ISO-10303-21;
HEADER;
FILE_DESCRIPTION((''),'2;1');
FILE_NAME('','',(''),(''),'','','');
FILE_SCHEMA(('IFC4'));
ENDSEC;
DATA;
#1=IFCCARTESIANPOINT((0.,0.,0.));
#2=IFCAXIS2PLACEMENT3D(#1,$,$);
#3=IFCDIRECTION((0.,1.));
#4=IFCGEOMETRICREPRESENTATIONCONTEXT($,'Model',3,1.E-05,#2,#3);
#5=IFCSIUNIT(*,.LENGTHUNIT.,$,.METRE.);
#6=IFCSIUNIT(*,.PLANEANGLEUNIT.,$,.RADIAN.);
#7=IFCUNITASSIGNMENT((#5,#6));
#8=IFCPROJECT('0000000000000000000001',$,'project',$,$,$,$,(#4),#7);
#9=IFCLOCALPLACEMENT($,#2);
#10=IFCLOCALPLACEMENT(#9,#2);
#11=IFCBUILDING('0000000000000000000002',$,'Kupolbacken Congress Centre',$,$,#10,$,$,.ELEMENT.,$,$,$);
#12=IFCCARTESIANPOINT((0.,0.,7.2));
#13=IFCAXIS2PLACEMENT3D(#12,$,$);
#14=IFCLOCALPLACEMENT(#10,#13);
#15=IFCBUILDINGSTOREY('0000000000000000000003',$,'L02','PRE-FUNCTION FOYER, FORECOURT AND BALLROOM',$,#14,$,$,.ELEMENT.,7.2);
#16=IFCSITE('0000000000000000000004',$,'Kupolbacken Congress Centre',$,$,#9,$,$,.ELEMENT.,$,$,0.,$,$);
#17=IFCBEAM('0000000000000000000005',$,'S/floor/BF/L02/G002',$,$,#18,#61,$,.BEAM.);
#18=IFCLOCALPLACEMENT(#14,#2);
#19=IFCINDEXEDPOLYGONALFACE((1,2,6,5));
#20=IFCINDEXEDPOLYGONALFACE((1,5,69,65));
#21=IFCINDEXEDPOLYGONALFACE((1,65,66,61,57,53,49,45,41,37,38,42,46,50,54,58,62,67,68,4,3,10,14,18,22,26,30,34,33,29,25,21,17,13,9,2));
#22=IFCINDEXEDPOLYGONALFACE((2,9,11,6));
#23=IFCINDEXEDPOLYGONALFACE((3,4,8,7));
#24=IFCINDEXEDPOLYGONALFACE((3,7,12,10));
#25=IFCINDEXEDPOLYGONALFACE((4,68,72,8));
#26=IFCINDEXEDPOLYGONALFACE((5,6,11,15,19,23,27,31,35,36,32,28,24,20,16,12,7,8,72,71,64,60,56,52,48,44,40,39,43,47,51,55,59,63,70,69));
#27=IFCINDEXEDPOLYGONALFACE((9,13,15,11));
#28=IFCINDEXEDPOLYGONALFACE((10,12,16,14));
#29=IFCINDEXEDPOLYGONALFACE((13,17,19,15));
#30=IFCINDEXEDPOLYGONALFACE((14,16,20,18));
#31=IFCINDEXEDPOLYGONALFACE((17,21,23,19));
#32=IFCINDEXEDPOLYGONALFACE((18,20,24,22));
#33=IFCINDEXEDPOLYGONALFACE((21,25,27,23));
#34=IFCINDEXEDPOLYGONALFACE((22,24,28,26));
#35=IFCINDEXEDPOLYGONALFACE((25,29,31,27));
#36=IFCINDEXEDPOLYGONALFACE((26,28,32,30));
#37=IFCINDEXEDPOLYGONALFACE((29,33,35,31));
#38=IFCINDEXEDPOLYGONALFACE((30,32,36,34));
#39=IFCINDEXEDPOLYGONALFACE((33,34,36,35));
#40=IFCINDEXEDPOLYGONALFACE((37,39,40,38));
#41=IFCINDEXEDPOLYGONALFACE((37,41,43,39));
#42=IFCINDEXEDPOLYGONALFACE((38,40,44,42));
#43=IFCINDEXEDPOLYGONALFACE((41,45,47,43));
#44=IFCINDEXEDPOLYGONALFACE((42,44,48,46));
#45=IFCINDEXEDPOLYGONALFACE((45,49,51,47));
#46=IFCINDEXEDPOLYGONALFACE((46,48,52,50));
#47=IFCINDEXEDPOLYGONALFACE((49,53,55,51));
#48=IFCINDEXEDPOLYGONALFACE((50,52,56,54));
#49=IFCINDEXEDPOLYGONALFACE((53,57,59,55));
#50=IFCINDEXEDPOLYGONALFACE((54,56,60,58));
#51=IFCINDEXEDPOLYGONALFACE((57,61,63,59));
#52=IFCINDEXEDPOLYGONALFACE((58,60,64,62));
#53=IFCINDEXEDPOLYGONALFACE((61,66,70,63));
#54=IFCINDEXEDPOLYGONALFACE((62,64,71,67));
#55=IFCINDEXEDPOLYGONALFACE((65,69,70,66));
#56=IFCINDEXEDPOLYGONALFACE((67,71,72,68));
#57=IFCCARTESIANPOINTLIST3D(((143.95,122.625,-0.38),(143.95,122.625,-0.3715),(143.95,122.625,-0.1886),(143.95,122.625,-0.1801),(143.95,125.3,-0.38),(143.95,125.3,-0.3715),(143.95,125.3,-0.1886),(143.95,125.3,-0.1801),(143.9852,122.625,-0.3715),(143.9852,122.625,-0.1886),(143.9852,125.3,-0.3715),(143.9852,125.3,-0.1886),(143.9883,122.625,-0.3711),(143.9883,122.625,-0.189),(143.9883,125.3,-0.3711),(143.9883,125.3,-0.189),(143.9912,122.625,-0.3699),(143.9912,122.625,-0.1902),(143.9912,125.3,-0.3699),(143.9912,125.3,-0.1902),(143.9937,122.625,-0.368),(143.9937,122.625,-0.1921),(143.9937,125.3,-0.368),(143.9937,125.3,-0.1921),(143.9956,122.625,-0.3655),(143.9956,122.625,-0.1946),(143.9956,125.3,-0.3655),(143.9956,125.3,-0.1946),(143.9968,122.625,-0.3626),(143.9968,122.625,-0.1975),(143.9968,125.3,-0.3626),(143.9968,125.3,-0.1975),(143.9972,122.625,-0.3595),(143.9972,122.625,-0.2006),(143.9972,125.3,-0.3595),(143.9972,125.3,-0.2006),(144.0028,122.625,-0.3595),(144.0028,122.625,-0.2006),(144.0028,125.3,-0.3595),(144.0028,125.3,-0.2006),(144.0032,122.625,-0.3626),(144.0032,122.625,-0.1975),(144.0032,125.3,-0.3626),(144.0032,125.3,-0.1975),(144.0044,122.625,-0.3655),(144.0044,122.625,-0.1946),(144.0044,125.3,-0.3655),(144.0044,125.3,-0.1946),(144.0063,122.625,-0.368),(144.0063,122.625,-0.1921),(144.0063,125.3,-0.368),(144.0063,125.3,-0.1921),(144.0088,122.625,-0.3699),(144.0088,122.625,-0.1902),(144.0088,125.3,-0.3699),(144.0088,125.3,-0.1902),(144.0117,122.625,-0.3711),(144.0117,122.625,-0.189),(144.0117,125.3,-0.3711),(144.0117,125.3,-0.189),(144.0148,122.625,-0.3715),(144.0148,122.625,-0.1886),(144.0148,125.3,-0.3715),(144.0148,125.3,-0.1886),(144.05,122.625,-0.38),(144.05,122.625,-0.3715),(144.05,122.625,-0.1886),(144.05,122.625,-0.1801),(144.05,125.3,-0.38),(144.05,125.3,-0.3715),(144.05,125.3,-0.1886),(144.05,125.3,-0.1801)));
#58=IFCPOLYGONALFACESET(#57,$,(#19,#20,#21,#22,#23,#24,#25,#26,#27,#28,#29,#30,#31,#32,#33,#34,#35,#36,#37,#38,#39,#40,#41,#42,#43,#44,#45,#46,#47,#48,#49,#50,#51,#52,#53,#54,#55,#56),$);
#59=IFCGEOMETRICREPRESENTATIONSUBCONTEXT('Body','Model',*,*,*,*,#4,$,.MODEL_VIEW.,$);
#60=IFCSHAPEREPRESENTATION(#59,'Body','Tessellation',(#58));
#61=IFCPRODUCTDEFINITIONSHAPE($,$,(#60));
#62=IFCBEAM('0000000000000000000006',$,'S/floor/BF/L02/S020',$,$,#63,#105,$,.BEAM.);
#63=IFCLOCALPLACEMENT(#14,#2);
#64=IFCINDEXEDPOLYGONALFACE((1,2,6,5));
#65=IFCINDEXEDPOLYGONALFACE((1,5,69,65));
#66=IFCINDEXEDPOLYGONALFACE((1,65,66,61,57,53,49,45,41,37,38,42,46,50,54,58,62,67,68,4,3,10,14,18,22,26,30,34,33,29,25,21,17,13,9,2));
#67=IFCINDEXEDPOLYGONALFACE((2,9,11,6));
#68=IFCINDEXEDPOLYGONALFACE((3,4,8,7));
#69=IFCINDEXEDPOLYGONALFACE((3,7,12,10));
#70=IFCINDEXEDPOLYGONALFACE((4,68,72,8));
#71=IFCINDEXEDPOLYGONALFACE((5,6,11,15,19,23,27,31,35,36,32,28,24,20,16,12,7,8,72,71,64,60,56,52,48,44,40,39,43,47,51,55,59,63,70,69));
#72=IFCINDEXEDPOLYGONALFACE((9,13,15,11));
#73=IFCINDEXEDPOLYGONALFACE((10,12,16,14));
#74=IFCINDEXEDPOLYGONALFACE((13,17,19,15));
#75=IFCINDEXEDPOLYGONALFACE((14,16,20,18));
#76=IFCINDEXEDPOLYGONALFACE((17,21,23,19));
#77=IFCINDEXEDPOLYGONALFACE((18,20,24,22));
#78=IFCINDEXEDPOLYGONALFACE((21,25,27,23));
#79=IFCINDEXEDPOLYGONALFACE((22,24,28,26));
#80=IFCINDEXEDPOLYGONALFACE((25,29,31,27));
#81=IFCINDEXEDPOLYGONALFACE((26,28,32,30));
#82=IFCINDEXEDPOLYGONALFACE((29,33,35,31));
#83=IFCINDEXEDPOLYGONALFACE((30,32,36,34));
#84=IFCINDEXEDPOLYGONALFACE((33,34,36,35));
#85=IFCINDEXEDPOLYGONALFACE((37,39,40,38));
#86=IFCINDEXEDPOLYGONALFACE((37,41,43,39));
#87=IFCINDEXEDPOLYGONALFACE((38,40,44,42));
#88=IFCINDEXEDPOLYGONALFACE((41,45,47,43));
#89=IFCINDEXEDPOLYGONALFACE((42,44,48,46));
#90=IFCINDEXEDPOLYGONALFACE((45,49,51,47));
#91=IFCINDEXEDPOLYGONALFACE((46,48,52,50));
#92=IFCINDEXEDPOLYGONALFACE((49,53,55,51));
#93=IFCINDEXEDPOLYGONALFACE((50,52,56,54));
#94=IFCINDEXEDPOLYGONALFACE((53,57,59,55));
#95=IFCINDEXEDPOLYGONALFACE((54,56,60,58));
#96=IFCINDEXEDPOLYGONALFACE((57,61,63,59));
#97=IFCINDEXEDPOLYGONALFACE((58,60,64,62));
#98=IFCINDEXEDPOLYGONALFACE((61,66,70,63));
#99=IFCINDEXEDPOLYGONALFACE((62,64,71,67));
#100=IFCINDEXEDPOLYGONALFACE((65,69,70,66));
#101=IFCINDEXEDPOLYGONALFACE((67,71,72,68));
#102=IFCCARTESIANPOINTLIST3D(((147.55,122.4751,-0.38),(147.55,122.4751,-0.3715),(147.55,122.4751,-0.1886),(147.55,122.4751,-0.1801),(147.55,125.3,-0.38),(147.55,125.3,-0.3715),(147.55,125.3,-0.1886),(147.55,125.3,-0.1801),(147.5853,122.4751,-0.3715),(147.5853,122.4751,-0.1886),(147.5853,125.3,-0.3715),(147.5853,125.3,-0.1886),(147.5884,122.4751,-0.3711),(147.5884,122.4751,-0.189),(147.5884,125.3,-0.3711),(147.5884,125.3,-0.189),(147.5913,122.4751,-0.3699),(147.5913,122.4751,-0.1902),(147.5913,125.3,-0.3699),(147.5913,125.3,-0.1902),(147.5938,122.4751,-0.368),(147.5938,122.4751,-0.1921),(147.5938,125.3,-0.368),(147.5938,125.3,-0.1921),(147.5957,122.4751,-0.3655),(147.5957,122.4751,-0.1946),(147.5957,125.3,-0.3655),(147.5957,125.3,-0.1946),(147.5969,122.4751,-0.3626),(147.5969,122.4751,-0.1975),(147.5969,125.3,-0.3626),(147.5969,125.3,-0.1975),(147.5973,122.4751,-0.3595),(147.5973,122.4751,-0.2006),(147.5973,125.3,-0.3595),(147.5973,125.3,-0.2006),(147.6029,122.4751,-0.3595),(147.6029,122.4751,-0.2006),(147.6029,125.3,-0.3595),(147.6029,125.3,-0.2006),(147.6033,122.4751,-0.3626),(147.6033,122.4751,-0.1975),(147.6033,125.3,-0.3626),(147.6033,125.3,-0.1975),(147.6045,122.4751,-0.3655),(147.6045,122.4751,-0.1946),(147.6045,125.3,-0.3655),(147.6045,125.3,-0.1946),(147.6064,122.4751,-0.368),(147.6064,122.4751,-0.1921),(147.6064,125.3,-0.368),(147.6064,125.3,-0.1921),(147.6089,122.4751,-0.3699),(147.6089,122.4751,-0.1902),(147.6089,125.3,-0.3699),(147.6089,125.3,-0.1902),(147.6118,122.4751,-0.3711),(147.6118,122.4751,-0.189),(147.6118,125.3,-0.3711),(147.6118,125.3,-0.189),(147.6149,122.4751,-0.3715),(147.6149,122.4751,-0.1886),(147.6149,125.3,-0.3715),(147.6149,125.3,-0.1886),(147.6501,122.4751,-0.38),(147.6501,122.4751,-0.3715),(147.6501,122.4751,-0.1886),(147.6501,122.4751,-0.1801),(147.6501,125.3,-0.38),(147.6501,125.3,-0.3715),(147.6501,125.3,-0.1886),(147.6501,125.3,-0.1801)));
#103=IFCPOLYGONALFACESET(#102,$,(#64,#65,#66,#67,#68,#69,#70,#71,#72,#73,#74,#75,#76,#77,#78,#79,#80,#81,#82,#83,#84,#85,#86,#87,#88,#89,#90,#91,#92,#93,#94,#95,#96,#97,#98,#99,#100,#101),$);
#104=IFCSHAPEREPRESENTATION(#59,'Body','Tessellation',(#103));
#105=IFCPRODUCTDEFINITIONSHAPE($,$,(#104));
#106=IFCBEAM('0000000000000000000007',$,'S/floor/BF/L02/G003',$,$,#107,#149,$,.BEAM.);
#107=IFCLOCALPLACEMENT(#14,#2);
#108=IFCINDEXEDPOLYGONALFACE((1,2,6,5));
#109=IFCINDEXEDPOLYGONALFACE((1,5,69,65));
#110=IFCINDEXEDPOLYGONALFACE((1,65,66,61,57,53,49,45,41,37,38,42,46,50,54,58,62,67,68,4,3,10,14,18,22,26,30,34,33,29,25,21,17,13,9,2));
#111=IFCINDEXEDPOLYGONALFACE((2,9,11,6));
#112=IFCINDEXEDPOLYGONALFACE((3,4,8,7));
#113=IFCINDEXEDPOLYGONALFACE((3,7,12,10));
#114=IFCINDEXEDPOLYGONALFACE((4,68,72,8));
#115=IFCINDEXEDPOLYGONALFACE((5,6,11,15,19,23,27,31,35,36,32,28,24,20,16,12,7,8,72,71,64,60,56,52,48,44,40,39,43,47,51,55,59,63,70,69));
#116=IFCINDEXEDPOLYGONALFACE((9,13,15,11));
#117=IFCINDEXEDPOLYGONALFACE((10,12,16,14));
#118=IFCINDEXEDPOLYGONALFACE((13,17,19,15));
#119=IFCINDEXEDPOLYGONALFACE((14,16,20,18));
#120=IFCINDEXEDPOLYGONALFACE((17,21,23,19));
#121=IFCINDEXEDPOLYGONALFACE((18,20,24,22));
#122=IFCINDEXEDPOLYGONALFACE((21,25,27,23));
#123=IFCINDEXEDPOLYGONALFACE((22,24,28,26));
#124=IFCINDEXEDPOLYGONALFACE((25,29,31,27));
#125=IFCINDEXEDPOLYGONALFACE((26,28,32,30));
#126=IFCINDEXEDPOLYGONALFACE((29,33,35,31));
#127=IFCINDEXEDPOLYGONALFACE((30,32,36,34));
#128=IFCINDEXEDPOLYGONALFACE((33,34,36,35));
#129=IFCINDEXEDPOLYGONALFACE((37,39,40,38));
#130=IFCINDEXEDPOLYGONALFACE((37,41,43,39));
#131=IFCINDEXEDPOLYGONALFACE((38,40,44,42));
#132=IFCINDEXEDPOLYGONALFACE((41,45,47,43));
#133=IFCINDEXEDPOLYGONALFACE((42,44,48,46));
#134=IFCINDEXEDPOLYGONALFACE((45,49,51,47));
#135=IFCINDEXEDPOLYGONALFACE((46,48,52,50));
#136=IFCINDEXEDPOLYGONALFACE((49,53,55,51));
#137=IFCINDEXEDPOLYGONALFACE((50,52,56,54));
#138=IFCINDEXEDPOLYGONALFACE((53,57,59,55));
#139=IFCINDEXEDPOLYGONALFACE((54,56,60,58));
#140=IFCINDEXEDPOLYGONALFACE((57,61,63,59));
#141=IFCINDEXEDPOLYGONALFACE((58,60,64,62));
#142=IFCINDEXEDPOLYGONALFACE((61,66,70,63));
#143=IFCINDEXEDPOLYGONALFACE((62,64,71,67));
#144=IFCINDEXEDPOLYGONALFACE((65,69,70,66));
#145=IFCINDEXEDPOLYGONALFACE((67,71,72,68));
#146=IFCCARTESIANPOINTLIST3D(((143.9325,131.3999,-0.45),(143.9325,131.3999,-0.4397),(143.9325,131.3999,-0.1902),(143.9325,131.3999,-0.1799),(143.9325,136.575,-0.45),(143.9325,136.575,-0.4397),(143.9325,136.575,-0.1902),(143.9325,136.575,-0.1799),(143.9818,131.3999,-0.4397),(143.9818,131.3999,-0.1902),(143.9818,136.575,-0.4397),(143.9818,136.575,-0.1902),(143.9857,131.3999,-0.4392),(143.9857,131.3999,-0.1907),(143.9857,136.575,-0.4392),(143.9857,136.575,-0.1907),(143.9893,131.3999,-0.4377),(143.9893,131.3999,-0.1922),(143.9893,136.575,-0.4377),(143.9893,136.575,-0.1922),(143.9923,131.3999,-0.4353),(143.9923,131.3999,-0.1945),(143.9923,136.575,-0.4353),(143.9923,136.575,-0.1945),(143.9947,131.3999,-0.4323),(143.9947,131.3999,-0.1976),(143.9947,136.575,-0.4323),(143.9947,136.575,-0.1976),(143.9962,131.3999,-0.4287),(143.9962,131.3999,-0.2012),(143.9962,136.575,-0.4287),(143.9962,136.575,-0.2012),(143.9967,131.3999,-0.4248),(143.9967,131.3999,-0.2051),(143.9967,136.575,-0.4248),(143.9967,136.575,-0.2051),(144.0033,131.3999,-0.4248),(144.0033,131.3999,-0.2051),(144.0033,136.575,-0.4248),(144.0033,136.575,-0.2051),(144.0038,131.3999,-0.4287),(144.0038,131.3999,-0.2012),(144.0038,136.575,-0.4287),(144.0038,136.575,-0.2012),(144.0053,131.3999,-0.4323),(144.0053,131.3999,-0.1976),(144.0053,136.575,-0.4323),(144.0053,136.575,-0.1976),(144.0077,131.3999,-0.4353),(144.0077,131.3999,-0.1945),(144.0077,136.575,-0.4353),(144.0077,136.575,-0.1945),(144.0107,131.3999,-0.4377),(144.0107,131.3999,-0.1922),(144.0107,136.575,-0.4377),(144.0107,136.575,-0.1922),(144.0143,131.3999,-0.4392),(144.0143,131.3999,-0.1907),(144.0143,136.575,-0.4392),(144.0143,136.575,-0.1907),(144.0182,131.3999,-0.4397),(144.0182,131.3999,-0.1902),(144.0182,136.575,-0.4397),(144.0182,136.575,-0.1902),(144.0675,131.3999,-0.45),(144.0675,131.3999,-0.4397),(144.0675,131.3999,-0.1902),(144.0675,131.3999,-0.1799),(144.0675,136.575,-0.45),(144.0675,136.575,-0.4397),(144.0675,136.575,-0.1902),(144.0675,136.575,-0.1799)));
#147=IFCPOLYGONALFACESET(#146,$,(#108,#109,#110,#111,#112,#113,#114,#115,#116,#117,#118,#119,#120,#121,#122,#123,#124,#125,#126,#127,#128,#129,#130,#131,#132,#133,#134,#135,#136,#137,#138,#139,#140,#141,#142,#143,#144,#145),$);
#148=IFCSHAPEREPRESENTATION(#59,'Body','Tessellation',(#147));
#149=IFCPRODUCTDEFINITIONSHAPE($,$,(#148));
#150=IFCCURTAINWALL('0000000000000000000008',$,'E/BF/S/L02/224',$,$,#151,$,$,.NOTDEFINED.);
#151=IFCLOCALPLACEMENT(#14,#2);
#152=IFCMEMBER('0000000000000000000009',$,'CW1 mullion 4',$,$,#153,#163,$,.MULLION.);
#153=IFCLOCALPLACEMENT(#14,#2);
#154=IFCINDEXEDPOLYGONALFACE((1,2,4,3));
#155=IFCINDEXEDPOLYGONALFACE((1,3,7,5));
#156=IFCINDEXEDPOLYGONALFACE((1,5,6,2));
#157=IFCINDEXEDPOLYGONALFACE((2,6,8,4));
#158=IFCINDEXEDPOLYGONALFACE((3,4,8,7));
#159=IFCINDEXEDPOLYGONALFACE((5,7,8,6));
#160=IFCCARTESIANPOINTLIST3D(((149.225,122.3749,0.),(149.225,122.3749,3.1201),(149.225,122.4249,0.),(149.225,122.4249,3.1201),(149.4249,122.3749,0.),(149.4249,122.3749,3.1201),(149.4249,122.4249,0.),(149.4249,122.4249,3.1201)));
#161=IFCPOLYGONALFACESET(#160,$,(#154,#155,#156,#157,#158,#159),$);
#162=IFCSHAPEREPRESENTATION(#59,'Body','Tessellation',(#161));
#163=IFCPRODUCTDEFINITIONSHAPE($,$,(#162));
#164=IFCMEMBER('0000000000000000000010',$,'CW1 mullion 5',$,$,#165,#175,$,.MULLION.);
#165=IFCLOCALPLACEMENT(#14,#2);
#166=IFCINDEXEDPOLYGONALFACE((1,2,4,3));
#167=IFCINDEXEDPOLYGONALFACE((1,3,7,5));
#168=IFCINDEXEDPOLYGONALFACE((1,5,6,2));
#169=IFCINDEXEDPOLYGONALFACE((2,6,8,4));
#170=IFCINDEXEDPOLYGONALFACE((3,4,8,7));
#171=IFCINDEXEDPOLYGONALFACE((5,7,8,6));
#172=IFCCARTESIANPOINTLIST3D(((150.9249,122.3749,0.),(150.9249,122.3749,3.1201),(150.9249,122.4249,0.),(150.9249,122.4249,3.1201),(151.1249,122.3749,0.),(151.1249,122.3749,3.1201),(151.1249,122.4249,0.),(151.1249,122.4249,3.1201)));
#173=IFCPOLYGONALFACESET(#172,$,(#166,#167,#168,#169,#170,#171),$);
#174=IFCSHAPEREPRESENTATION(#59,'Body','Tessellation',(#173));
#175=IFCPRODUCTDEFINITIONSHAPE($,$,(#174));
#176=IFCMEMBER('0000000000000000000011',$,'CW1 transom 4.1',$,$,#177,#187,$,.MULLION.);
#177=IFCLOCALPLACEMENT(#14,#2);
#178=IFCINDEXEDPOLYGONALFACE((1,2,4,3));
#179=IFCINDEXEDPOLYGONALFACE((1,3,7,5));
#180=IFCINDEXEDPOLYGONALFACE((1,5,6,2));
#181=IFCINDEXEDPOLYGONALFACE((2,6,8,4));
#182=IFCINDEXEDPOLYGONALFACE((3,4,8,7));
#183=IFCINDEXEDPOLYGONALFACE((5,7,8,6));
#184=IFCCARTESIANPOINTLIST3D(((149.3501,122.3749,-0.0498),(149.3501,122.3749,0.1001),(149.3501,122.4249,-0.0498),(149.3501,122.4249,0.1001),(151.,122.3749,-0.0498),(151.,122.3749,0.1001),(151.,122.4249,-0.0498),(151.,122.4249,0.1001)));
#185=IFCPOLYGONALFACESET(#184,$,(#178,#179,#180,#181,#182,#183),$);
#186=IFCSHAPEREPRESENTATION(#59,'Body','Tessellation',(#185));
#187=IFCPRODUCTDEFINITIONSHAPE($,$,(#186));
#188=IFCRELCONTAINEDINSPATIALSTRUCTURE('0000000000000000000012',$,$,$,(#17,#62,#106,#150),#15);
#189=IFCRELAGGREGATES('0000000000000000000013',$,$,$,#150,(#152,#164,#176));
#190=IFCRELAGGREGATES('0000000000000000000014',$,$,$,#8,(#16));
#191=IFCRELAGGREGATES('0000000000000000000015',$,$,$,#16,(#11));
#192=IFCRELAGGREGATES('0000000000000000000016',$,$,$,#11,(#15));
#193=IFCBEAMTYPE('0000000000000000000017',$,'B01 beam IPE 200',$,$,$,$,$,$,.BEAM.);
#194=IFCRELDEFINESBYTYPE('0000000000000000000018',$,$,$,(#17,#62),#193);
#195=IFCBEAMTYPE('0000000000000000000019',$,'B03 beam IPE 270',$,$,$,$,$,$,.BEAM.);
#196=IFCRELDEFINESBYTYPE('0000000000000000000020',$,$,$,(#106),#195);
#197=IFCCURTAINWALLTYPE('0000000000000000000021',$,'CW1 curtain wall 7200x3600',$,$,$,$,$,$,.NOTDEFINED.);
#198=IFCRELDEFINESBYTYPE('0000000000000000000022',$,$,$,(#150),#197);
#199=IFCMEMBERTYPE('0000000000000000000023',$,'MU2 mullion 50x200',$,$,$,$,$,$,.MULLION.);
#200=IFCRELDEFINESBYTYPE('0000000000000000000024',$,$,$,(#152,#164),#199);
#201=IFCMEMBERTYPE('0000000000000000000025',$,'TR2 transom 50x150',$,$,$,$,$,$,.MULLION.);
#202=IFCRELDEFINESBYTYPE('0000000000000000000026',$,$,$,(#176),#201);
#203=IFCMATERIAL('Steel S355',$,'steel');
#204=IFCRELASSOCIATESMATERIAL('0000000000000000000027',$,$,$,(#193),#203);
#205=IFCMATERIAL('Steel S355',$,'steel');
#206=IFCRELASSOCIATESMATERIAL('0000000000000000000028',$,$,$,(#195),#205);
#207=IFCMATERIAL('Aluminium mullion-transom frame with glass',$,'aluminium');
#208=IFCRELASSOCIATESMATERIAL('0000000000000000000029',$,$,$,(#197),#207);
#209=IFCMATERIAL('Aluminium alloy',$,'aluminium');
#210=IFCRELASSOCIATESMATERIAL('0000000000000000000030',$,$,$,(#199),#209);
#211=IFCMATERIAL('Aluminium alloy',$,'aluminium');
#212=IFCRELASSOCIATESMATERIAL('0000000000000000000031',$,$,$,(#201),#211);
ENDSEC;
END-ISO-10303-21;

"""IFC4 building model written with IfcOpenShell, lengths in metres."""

from ifc_helpers import new_model, si_unit, direction, frame, origin, origin_2d, place, context, subcontext, project, spatial, rectangle, i_section, extrude, material, material_profile, profile_set, type_object, element, aggregate, save


model = new_model("IFC4")

# Units and contexts
model_context = context("Model", 3, precision=1e-05, world=origin(), true_north=direction((0.0, 1.0)))
body_context = subcontext(model_context, "Body", "Model", "MODEL_VIEW")
ifc_project = project(units=[si_unit("LENGTHUNIT", "METRE"), si_unit("PLANEANGLEUNIT", "RADIAN")], contexts=[model_context])

# Site, building, storey
site_placement = place(None, origin())
site = spatial("IfcSite", under=ifc_project, at=site_placement, Name="Kupolbacken Congress Centre", CompositionType="ELEMENT", RefElevation=0.0)
building_placement = place(site_placement, origin())
building = spatial("IfcBuilding", under=site, at=building_placement, Name="Kupolbacken Congress Centre", CompositionType="ELEMENT")
storey_placement = place(building_placement, frame((0.0, 0.0, 7.2)))
storey = spatial("IfcBuildingStorey", under=building, at=storey_placement, Name="L02", Description="PRE-FUNCTION FOYER, FORECOURT AND BALLROOM", CompositionType="ELEMENT", Elevation=7.2)

# Beams
ifc_material_1 = material(Name="Steel S355", Category="steel")
ifc_material_profile_1 = material_profile(ifc_material_1, i_section(OverallWidth=0.1001, OverallDepth=0.2, WebThickness=0.0056, FlangeThickness=0.0085, FilletRadius=0.012, at=origin_2d()), Name="IPE 200")
ifc_profile_set_1 = profile_set([ifc_material_profile_1], Name="Steel S355")
beam_type_1 = type_object("IfcBeamType", Name="B01 beam IPE 200", PredefinedType="BEAM", material=ifc_profile_set_1)
beam_1_placement = place(storey_placement, frame((144.0, 122.625, -0.28), z_axis=(0.0, 1.0, 0.0), x_axis=(-1.0, 0.0, 0.0)))
element("IfcBeam", 1, at=beam_1_placement, inside=storey, type_object=beam_type_1, Name="S/floor/BF/L02/G002", PredefinedType="BEAM", context=body_context, shape_type="SweptSolid", body=[
    extrude(i_section(OverallWidth=0.1001, OverallDepth=0.2, WebThickness=0.0056, FlangeThickness=0.0085, FilletRadius=0.012, at=origin_2d()), origin(), (0.0, 0.0, 1.0), 2.675),
])
beam_2_placement = place(storey_placement, frame((147.6001, 122.4751, -0.28), z_axis=(0.0, 1.0, 0.0), x_axis=(-1.0, 0.0, 0.0)))
element("IfcBeam", 2, at=beam_2_placement, inside=storey, type_object=beam_type_1, Name="S/floor/BF/L02/S020", PredefinedType="BEAM", context=body_context, shape_type="SweptSolid", body=[
    extrude(i_section(OverallWidth=0.1001, OverallDepth=0.2, WebThickness=0.0056, FlangeThickness=0.0085, FilletRadius=0.012, at=origin_2d()), origin(), (0.0, 0.0, 1.0), 2.825),
])
ifc_material_2 = material(Name="Steel S355", Category="steel")
ifc_material_profile_2 = material_profile(ifc_material_2, i_section(OverallWidth=0.135, OverallDepth=0.27, WebThickness=0.0066, FlangeThickness=0.0103, FilletRadius=0.0149, at=origin_2d()), Name="IPE 270")
ifc_profile_set_2 = profile_set([ifc_material_profile_2], Name="Steel S355")
beam_type_2 = type_object("IfcBeamType", Name="B03 beam IPE 270", PredefinedType="BEAM", material=ifc_profile_set_2)
beam_3_placement = place(storey_placement, frame((144.0, 131.3999, -0.3149), z_axis=(0.0, 1.0, 0.0), x_axis=(-1.0, 0.0, 0.0)))
element("IfcBeam", 3, at=beam_3_placement, inside=storey, type_object=beam_type_2, Name="S/floor/BF/L02/G003", PredefinedType="BEAM", context=body_context, shape_type="SweptSolid", body=[
    extrude(i_section(OverallWidth=0.135, OverallDepth=0.27, WebThickness=0.0066, FlangeThickness=0.0103, FilletRadius=0.0149, at=origin_2d()), origin(), (0.0, 0.0, 1.0), 5.175),
])

# Curtain wall, members
ifc_material_3 = material(Name="Aluminium mullion-transom frame with glass", Category="aluminium")
curtain_wall_type = type_object("IfcCurtainWallType", Name="CW1 curtain wall 7200x3600", PredefinedType="NOTDEFINED", material=ifc_material_3)
curtain_wall_placement = place(storey_placement, origin())
curtain_wall = element("IfcCurtainWall", 4, at=curtain_wall_placement, inside=storey, type_object=curtain_wall_type, Name="E/BF/S/L02/224", PredefinedType="NOTDEFINED")
ifc_material_4 = material(Name="Aluminium alloy", Category="aluminium")
ifc_material_profile_3 = material_profile(ifc_material_4, rectangle(XDim=0.05, YDim=0.2, at=origin_2d()), Name="50 x 200")
ifc_profile_set_3 = profile_set([ifc_material_profile_3], Name="Aluminium alloy")
member_type_1 = type_object("IfcMemberType", Name="MU2 mullion 50x200", PredefinedType="MULLION", material=ifc_profile_set_3)
member_1_placement = place(storey_placement, frame((149.325, 122.3999, 0.0), z_axis=(0.0, 0.0, 1.0), x_axis=(0.0, 1.0, 0.0)))
member_1 = element("IfcMember", 5, at=member_1_placement, type_object=member_type_1, Name="CW1 mullion 4", PredefinedType="MULLION", context=body_context, shape_type="SweptSolid", body=[
    extrude(rectangle(XDim=0.05, YDim=0.2, at=origin_2d()), origin(), (0.0, 0.0, 1.0), 3.1201),
])
member_2_placement = place(storey_placement, frame((151.0249, 122.3999, 0.0), z_axis=(0.0, 0.0, 1.0), x_axis=(0.0, 1.0, 0.0)))
member_2 = element("IfcMember", 6, at=member_2_placement, type_object=member_type_1, Name="CW1 mullion 5", PredefinedType="MULLION", context=body_context, shape_type="SweptSolid", body=[
    extrude(rectangle(XDim=0.05, YDim=0.2, at=origin_2d()), origin(), (0.0, 0.0, 1.0), 3.1201),
])
ifc_material_5 = material(Name="Aluminium alloy", Category="aluminium")
ifc_material_profile_4 = material_profile(ifc_material_5, rectangle(XDim=0.05, YDim=0.1499, at=origin_2d()), Name="50 x 150")
ifc_profile_set_4 = profile_set([ifc_material_profile_4], Name="Aluminium alloy")
member_type_2 = type_object("IfcMemberType", Name="TR2 transom 50x150", PredefinedType="MULLION", material=ifc_profile_set_4)
member_3_placement = place(storey_placement, frame((149.3501, 122.3999, 0.0251), z_axis=(1.0, 0.0, 0.0), x_axis=(0.0, 1.0, 0.0)))
member_3 = element("IfcMember", 7, at=member_3_placement, type_object=member_type_2, Name="CW1 transom 4.1", PredefinedType="MULLION", context=body_context, shape_type="SweptSolid", body=[
    extrude(rectangle(XDim=0.05, YDim=0.1499, at=origin_2d()), origin(), (0.0, 0.0, 1.0), 1.6499),
])
aggregate(curtain_wall, [member_1, member_2, member_3])

save(model, "model.ifc")
